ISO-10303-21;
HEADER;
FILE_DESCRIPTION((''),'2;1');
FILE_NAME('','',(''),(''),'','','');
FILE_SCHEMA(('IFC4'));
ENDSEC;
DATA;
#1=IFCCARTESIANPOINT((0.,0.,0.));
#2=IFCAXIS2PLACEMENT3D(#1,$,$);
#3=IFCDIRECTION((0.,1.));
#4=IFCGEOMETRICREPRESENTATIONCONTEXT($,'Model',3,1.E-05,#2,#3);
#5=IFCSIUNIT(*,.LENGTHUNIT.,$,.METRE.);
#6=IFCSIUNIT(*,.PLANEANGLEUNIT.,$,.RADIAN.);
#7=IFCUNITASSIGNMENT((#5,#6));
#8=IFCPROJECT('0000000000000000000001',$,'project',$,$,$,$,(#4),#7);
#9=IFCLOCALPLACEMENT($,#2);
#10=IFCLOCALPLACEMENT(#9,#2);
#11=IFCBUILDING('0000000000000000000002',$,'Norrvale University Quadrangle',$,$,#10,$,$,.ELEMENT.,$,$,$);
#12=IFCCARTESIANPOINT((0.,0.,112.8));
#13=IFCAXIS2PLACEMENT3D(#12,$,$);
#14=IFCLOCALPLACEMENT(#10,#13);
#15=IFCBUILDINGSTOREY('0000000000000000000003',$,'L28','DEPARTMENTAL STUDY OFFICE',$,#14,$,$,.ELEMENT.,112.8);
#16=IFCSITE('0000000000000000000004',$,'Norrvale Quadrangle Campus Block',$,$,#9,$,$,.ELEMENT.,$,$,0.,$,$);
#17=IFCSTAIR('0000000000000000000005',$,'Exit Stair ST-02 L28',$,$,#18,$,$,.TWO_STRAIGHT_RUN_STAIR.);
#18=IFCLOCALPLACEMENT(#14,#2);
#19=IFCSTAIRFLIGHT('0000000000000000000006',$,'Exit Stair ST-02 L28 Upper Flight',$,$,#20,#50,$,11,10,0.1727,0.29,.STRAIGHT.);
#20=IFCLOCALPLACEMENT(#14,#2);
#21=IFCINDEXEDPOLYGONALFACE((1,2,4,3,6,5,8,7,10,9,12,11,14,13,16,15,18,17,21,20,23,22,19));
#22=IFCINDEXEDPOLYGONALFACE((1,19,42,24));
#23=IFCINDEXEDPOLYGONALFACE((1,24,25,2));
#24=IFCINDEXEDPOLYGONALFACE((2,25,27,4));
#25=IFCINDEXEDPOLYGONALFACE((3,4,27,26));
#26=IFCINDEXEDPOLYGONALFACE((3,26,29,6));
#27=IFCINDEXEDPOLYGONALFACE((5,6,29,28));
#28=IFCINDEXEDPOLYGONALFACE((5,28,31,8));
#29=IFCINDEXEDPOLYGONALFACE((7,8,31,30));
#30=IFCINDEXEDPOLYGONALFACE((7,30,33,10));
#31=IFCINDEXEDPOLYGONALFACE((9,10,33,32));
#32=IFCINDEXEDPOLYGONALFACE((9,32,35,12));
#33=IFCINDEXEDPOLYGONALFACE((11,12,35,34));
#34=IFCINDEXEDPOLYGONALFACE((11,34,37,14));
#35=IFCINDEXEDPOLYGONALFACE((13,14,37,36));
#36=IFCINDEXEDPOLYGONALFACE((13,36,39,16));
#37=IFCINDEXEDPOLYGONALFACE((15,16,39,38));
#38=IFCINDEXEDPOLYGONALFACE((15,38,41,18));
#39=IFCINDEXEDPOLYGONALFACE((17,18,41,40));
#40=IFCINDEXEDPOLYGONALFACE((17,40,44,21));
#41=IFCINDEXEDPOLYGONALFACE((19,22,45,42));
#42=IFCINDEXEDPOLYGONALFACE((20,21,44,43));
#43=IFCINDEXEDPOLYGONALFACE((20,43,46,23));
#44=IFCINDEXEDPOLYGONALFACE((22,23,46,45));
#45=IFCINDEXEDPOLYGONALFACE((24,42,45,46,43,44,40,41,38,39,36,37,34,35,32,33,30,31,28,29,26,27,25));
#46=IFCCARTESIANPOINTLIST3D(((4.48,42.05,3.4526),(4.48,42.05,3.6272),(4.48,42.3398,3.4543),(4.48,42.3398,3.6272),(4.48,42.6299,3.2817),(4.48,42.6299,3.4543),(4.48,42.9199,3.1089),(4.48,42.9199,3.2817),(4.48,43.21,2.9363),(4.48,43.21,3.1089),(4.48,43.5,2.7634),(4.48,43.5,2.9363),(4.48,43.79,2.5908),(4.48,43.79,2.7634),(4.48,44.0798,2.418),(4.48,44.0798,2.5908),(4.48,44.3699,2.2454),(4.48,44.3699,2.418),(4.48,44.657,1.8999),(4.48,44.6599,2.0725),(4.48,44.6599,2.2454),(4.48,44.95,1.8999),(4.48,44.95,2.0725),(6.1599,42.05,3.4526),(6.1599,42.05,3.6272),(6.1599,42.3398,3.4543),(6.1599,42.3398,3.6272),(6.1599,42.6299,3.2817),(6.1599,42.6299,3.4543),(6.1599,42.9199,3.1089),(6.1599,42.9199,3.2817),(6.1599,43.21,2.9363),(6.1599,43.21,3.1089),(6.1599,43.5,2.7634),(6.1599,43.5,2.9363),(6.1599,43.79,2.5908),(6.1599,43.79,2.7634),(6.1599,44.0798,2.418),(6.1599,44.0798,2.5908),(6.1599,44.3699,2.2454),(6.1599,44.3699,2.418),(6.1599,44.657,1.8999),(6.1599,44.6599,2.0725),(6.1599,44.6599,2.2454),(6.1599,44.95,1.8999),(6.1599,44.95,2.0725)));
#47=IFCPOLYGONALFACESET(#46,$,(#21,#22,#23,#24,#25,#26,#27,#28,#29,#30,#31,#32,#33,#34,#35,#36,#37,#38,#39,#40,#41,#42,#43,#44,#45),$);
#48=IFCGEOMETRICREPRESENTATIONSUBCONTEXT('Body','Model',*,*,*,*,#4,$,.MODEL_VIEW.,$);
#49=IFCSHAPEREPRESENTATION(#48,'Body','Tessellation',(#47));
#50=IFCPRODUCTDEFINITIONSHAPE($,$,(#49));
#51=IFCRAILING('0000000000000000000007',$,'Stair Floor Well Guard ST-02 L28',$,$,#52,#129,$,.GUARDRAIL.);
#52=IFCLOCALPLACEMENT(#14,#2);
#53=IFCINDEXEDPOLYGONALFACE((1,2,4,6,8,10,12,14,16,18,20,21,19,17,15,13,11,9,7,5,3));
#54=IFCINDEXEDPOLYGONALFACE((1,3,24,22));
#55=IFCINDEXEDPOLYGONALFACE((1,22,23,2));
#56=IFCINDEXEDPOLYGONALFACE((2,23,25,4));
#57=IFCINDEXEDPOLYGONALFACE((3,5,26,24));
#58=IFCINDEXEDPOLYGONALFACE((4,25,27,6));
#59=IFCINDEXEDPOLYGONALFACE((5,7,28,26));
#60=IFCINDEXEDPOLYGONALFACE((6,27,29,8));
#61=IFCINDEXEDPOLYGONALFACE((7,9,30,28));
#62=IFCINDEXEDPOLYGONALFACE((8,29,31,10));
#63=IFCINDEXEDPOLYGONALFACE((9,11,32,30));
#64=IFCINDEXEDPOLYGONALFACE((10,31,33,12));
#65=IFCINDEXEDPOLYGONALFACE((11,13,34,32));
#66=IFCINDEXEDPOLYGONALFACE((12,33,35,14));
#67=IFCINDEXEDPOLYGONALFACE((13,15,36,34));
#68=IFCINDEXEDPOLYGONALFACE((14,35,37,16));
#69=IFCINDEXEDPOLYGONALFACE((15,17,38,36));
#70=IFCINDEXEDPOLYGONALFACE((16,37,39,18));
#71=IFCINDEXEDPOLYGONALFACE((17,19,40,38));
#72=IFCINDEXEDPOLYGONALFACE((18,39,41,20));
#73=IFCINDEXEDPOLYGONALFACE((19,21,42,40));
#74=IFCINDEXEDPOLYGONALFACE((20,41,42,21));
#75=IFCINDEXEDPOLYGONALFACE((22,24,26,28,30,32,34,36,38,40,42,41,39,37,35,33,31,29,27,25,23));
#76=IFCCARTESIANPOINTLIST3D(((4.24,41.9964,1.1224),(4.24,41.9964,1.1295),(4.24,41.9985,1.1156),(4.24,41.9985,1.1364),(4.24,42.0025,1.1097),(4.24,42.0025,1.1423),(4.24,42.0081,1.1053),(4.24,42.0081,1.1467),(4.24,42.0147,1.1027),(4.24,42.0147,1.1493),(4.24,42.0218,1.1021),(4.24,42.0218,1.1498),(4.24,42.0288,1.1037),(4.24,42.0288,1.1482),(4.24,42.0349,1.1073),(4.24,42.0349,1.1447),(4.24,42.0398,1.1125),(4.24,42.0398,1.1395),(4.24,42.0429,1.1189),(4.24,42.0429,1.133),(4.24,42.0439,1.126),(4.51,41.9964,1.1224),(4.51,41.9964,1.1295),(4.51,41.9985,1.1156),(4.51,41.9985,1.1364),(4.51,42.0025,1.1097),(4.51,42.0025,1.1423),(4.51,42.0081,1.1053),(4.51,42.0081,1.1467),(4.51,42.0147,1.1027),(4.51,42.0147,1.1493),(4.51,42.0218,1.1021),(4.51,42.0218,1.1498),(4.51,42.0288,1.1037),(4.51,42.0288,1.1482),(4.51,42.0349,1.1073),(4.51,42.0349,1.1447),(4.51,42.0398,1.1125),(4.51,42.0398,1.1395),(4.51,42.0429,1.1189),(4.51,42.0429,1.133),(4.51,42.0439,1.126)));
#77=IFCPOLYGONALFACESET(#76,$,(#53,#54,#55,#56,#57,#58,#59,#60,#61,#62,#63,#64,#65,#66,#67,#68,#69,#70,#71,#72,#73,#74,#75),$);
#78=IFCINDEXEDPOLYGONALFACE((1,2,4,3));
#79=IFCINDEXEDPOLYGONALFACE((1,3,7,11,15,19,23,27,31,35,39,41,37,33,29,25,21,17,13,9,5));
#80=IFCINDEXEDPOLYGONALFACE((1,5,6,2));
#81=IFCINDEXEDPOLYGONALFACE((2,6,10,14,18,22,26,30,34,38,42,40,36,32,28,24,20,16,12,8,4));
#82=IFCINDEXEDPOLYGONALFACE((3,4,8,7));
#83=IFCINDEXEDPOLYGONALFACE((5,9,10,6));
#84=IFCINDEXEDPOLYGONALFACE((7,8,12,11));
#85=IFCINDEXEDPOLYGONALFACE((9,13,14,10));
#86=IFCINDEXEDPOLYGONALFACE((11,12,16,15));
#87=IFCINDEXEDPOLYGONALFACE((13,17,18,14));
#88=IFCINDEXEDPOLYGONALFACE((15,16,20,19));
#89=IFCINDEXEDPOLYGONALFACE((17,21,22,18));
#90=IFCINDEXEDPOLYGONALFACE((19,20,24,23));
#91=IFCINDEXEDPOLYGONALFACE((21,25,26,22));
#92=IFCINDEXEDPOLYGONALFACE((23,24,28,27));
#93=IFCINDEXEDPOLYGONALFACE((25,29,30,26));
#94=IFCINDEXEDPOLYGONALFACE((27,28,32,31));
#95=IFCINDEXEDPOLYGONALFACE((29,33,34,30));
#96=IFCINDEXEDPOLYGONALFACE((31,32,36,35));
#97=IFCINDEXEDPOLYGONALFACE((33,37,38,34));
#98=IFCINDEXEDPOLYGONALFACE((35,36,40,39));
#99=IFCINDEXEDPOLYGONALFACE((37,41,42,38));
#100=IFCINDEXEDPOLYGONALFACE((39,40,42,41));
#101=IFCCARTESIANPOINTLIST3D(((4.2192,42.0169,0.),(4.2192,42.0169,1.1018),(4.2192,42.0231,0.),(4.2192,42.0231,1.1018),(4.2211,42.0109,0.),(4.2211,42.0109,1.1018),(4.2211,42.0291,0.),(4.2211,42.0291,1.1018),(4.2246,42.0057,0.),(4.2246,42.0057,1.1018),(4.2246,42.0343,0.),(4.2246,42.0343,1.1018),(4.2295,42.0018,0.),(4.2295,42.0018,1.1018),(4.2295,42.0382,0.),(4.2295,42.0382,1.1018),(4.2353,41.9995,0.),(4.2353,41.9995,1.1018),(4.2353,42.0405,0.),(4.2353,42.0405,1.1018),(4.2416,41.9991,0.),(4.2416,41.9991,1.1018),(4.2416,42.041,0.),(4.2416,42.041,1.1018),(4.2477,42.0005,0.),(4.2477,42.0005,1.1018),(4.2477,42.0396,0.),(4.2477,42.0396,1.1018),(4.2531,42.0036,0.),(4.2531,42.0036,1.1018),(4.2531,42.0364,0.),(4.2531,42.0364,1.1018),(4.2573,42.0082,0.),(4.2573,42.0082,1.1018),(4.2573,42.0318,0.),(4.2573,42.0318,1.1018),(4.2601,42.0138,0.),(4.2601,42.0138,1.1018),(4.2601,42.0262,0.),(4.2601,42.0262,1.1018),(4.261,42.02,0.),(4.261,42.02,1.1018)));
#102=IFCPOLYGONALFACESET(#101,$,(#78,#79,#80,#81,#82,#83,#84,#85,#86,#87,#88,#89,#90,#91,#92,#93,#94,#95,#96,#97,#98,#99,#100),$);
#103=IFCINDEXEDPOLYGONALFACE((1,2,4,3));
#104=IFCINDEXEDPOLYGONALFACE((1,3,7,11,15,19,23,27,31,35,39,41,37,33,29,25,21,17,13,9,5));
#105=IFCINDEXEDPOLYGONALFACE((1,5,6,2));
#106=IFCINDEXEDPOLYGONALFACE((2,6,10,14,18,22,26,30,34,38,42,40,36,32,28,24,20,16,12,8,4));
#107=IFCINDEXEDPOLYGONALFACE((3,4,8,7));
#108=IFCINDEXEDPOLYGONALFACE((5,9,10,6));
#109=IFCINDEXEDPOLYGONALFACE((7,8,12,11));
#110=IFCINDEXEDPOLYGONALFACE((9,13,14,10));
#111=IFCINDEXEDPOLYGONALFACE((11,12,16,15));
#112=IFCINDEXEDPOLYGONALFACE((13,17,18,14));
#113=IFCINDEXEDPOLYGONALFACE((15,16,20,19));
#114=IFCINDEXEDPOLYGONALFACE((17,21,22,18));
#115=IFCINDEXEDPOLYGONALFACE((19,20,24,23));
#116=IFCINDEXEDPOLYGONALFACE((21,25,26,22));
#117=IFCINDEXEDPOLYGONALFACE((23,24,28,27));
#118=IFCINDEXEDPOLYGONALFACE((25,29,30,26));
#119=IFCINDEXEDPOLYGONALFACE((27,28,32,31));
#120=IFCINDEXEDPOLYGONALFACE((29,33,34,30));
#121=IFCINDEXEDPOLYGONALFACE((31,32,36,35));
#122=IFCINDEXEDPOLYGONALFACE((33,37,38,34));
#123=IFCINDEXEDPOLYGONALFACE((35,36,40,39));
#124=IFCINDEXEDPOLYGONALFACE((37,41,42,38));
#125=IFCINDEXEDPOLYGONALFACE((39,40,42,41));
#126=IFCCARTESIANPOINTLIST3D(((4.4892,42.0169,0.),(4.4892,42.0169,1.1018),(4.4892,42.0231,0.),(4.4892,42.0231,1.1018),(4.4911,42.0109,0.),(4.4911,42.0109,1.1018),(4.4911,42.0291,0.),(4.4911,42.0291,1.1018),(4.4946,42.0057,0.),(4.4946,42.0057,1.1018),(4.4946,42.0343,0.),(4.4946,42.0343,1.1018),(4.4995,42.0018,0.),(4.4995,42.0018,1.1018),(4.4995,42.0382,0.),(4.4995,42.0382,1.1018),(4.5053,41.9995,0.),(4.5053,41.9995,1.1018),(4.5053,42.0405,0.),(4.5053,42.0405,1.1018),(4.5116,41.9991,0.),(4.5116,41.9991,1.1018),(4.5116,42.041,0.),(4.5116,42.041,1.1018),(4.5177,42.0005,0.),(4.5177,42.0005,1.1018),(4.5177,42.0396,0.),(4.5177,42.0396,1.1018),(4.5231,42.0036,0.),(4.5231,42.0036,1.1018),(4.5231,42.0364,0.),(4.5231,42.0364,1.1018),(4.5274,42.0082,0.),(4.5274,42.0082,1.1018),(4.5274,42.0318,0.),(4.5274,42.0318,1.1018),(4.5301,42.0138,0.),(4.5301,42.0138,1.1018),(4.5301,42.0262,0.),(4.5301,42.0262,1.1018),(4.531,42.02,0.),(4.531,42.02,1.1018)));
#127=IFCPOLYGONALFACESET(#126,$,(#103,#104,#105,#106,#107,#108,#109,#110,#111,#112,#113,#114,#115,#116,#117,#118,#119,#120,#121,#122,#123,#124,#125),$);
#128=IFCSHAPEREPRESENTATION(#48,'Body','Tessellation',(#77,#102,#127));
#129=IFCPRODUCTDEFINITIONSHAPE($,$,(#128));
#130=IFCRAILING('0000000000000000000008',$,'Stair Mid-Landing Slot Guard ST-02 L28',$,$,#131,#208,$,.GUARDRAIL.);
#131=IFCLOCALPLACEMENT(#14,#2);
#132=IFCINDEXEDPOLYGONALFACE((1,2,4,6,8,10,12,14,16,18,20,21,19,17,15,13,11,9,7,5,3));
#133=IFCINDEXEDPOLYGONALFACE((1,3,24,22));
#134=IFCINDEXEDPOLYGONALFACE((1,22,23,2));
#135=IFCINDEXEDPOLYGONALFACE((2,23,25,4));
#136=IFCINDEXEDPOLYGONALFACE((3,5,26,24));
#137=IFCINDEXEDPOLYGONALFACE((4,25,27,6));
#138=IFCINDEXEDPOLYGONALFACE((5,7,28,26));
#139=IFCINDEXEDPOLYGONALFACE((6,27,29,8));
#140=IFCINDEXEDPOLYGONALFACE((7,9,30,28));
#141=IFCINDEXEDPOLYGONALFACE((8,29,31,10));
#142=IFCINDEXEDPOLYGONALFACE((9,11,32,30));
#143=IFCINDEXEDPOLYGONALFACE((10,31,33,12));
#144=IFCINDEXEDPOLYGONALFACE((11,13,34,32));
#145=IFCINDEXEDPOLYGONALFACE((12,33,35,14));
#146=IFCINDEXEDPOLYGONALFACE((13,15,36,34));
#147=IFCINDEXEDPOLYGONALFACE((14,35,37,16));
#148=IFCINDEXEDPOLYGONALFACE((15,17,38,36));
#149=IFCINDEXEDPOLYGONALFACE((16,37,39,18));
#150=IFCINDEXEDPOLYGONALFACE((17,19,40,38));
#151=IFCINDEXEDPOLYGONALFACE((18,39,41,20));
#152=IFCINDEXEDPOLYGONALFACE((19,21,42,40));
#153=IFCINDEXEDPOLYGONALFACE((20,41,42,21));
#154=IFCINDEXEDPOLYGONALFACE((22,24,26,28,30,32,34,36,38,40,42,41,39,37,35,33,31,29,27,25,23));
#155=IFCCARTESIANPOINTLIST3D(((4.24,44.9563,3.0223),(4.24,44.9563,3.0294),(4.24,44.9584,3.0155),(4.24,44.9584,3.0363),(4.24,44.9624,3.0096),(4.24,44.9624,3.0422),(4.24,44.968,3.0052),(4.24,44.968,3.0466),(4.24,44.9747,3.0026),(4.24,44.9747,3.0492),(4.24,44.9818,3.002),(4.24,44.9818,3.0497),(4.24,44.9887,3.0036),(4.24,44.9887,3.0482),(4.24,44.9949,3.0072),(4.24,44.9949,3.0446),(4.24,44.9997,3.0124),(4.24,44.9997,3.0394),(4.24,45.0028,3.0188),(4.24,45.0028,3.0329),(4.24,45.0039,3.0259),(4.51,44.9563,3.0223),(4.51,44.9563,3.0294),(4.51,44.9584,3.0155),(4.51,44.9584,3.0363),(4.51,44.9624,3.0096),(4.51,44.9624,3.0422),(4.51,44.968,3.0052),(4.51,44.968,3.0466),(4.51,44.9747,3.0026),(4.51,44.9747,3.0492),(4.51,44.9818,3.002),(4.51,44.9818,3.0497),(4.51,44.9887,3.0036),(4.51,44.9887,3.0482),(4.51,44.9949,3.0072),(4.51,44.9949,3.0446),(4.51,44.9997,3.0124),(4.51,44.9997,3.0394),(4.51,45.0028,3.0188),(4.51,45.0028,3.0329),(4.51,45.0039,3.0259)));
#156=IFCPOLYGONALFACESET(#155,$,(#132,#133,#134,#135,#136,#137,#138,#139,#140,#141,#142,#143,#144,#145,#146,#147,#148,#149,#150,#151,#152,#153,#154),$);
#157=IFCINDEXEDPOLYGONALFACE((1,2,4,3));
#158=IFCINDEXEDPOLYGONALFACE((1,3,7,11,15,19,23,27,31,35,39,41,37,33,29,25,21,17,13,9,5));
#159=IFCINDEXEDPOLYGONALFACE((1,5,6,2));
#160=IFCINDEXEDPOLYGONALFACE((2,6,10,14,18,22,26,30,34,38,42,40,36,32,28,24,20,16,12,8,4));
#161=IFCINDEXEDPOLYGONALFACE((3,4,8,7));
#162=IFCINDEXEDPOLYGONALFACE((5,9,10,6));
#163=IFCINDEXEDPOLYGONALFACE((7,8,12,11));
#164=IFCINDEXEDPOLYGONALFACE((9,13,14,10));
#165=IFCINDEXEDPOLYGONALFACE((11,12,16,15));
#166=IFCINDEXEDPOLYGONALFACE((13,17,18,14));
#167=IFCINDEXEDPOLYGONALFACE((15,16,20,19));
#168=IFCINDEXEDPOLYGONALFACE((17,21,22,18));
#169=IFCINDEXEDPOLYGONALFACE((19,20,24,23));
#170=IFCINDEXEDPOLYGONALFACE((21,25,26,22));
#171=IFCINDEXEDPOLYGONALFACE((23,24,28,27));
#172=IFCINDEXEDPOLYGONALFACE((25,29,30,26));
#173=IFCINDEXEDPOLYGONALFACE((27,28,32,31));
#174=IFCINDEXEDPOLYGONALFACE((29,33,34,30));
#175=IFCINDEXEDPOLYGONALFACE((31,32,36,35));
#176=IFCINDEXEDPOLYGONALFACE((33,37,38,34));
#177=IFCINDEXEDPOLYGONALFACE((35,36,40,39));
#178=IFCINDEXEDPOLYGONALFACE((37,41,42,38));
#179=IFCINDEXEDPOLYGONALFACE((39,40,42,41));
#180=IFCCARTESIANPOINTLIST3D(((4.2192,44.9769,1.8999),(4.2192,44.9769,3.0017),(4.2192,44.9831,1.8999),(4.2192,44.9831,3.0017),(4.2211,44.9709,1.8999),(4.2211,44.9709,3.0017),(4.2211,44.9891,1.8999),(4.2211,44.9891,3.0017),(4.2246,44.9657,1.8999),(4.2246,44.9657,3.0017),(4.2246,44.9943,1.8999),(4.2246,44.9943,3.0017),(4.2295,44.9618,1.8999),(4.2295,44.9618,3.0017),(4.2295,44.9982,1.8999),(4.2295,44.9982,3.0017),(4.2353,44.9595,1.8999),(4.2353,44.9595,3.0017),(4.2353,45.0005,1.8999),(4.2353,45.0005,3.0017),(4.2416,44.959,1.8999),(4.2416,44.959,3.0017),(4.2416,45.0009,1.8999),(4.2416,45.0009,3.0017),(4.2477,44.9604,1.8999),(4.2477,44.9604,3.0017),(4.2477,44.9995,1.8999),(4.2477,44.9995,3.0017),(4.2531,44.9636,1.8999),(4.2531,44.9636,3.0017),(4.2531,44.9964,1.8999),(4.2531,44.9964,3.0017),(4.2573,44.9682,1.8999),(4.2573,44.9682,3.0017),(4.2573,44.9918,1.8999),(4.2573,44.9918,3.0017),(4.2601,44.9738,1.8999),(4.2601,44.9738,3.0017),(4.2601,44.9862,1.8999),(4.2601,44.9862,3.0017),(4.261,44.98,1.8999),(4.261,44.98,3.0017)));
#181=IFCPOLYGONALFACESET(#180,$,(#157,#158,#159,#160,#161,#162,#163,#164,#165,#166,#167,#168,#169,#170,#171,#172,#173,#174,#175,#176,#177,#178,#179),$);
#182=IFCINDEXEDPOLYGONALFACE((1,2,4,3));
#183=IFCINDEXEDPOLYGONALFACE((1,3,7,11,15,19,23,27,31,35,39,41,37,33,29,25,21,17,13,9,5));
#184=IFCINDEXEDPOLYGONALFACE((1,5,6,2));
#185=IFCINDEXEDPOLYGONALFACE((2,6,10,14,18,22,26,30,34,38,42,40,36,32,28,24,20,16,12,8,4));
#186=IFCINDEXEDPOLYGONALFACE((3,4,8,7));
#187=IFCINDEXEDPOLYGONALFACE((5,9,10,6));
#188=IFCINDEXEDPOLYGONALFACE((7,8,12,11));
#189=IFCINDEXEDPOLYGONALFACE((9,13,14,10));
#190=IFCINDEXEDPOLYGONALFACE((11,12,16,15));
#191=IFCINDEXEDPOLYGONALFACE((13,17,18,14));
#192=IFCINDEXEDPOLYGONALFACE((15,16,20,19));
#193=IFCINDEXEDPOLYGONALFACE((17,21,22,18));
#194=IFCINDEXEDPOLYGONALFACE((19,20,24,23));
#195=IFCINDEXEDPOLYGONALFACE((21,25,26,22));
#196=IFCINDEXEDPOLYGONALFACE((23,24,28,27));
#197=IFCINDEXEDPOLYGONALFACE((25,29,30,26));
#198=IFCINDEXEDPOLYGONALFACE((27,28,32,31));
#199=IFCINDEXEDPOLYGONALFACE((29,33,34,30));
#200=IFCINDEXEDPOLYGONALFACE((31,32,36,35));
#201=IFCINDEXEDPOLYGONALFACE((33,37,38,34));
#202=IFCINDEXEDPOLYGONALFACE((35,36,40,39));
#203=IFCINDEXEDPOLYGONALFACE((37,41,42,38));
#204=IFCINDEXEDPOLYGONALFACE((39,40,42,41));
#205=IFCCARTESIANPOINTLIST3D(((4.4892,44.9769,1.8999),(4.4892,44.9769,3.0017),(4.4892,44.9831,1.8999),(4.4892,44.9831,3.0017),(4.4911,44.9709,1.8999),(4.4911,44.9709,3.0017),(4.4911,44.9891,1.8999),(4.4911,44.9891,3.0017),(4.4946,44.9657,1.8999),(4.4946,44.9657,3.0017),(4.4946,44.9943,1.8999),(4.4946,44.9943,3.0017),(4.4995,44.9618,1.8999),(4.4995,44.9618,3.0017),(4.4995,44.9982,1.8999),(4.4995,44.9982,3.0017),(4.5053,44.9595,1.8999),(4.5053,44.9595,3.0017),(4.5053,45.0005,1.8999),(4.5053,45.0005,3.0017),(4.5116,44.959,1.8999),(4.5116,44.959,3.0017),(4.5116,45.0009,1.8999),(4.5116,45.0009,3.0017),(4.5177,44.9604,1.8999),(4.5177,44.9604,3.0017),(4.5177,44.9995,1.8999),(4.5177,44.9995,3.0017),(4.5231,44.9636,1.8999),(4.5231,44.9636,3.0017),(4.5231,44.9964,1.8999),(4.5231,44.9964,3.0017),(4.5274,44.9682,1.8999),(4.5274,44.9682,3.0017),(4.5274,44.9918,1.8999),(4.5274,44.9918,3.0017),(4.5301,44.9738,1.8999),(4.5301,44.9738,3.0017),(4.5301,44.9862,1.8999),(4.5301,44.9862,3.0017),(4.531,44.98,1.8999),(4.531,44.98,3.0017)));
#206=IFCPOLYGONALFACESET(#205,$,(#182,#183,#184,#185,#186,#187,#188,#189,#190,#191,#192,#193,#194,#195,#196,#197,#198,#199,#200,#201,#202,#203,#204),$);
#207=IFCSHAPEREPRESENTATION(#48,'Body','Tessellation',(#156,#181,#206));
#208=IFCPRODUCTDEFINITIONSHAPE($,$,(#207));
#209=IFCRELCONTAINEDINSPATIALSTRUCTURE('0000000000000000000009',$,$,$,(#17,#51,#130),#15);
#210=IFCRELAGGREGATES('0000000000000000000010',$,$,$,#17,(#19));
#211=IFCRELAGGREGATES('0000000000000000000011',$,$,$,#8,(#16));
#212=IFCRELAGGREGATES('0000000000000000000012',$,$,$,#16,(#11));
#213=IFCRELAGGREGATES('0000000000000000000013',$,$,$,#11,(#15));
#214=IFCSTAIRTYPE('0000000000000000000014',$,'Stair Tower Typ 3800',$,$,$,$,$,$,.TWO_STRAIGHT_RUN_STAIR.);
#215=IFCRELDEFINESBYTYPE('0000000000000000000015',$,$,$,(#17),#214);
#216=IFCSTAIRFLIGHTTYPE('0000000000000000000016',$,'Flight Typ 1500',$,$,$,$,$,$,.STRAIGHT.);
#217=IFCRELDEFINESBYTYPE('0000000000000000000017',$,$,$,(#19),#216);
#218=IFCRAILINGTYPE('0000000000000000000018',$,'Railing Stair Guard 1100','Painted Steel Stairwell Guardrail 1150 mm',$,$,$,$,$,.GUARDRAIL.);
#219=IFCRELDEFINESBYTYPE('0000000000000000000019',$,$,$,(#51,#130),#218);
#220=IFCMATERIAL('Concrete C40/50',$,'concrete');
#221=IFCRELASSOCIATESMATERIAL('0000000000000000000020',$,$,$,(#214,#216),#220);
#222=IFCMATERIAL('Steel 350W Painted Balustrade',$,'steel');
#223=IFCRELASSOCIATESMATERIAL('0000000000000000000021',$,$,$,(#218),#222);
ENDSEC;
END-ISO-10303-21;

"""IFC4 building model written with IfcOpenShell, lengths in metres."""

from ifc_helpers import new_model, si_unit, direction, frame, origin, origin_2d, place, context, subcontext, project, spatial, polyline, circle, outline, extrude, material, type_object, element, aggregate, save


model = new_model("IFC4")

# Units and contexts
model_context = context("Model", 3, precision=1e-05, world=origin(), true_north=direction((0.0, 1.0)))
body_context = subcontext(model_context, "Body", "Model", "MODEL_VIEW")
ifc_project = project(units=[si_unit("LENGTHUNIT", "METRE"), si_unit("PLANEANGLEUNIT", "RADIAN")], contexts=[model_context])

# Site, building, storey
site_placement = place(None, origin())
site = spatial("IfcSite", under=ifc_project, at=site_placement, Name="Norrvale Quadrangle Campus Block", CompositionType="ELEMENT", RefElevation=0.0)
building_placement = place(site_placement, origin())
building = spatial("IfcBuilding", under=site, at=building_placement, Name="Norrvale University Quadrangle", CompositionType="ELEMENT")
storey_placement = place(building_placement, frame((0.0, 0.0, 112.8)))
storey = spatial("IfcBuildingStorey", under=building, at=storey_placement, Name="L28", Description="DEPARTMENTAL STUDY OFFICE", CompositionType="ELEMENT", Elevation=112.8)

# Stair, stair flight
ifc_material_1 = material(Name="Concrete C40/50", Category="concrete")
stair_type = type_object("IfcStairType", Name="Stair Tower Typ 3800", PredefinedType="TWO_STRAIGHT_RUN_STAIR", material=ifc_material_1)
stair_placement = place(storey_placement, origin())
stair = element("IfcStair", 1, at=stair_placement, inside=storey, type_object=stair_type, Name="Exit Stair ST-02 L28", PredefinedType="TWO_STRAIGHT_RUN_STAIR")
stair_flight_type = type_object("IfcStairFlightType", Name="Flight Typ 1500", PredefinedType="STRAIGHT", material=ifc_material_1)
stair_flight_1_placement = place(storey_placement, frame((5.3201, 44.95, 1.8999), z_axis=(0.0, 0.0, 1.0), x_axis=(0.0, -1.0, 0.0)))
stair_flight_1 = element("IfcStairFlight", 2, at=stair_flight_1_placement, type_object=stair_flight_type, Name="Exit Stair ST-02 L28 Upper Flight", NumberOfRisers=11, NumberOfTreads=10, PredefinedType="STRAIGHT", RiserHeight=0.1727, TreadLength=0.29, context=body_context, shape_type="SweptSolid", body=[
    extrude(outline(polyline([(0.0, 0.0), (0.0, 0.1726), (0.29, 0.1726), (0.29, 0.3455), (0.5801, 0.3455), (0.5801, 0.5181), (0.8701, 0.5181), (0.8701, 0.6909), (1.1599, 0.6909), (1.1599, 0.8635), (1.45, 0.8635), (1.45, 1.0364), (1.74, 1.0364), (1.74, 1.209), (2.03, 1.209), (2.03, 1.3818), (2.3201, 1.3818), (2.3201, 1.5544), (2.6101, 1.5544), (2.6101, 1.7273), (2.8999, 1.7273), (2.8999, 1.8999), (2.8999, 1.5527), (0.293, 0.0), (0.0, 0.0)])), frame((0.0, 0.8398, 0.0), z_axis=(0.0, -1.0, 0.0), x_axis=(1.0, 0.0, 0.0)), (0.0, 0.0, 1.0), 1.6799),
])
aggregate(stair, [stair_flight_1])

# Railings
ifc_material_2 = material(Name="Steel 350W Painted Balustrade", Category="steel")
railing_type_1 = type_object("IfcRailingType", Name="Railing Stair Guard 1100", Description="Painted Steel Stairwell Guardrail 1150 mm", PredefinedType="GUARDRAIL", material=ifc_material_2)
for number, where, name in (
    (3, (4.24, 42.02, 0.0), "Stair Floor Well Guard ST-02 L28"),
    (4, (4.24, 44.98, 1.8999), "Stair Mid-Landing Slot Guard ST-02 L28"),
):
    element("IfcRailing", number, at=place(storey_placement, frame(where)), inside=storey, type_object=railing_type_1, Name=name, PredefinedType="GUARDRAIL", context=body_context, shape_type="SweptSolid", body=[
        extrude(circle(Radius=0.0239, at=origin_2d()), frame((0.0, 0.0, 1.126), z_axis=(1.0, 0.0, 0.0), x_axis=(0.0, 1.0, 0.0)), (0.0, 0.0, 1.0), 0.27),
        extrude(circle(Radius=0.021, at=origin_2d()), origin(), (0.0, 0.0, 1.0), 1.1018),
        extrude(circle(Radius=0.021, at=origin_2d()), frame((0.27, 0.0, 0.0)), (0.0, 0.0, 1.0), 1.1018),
    ])

save(model, "model.ifc")
